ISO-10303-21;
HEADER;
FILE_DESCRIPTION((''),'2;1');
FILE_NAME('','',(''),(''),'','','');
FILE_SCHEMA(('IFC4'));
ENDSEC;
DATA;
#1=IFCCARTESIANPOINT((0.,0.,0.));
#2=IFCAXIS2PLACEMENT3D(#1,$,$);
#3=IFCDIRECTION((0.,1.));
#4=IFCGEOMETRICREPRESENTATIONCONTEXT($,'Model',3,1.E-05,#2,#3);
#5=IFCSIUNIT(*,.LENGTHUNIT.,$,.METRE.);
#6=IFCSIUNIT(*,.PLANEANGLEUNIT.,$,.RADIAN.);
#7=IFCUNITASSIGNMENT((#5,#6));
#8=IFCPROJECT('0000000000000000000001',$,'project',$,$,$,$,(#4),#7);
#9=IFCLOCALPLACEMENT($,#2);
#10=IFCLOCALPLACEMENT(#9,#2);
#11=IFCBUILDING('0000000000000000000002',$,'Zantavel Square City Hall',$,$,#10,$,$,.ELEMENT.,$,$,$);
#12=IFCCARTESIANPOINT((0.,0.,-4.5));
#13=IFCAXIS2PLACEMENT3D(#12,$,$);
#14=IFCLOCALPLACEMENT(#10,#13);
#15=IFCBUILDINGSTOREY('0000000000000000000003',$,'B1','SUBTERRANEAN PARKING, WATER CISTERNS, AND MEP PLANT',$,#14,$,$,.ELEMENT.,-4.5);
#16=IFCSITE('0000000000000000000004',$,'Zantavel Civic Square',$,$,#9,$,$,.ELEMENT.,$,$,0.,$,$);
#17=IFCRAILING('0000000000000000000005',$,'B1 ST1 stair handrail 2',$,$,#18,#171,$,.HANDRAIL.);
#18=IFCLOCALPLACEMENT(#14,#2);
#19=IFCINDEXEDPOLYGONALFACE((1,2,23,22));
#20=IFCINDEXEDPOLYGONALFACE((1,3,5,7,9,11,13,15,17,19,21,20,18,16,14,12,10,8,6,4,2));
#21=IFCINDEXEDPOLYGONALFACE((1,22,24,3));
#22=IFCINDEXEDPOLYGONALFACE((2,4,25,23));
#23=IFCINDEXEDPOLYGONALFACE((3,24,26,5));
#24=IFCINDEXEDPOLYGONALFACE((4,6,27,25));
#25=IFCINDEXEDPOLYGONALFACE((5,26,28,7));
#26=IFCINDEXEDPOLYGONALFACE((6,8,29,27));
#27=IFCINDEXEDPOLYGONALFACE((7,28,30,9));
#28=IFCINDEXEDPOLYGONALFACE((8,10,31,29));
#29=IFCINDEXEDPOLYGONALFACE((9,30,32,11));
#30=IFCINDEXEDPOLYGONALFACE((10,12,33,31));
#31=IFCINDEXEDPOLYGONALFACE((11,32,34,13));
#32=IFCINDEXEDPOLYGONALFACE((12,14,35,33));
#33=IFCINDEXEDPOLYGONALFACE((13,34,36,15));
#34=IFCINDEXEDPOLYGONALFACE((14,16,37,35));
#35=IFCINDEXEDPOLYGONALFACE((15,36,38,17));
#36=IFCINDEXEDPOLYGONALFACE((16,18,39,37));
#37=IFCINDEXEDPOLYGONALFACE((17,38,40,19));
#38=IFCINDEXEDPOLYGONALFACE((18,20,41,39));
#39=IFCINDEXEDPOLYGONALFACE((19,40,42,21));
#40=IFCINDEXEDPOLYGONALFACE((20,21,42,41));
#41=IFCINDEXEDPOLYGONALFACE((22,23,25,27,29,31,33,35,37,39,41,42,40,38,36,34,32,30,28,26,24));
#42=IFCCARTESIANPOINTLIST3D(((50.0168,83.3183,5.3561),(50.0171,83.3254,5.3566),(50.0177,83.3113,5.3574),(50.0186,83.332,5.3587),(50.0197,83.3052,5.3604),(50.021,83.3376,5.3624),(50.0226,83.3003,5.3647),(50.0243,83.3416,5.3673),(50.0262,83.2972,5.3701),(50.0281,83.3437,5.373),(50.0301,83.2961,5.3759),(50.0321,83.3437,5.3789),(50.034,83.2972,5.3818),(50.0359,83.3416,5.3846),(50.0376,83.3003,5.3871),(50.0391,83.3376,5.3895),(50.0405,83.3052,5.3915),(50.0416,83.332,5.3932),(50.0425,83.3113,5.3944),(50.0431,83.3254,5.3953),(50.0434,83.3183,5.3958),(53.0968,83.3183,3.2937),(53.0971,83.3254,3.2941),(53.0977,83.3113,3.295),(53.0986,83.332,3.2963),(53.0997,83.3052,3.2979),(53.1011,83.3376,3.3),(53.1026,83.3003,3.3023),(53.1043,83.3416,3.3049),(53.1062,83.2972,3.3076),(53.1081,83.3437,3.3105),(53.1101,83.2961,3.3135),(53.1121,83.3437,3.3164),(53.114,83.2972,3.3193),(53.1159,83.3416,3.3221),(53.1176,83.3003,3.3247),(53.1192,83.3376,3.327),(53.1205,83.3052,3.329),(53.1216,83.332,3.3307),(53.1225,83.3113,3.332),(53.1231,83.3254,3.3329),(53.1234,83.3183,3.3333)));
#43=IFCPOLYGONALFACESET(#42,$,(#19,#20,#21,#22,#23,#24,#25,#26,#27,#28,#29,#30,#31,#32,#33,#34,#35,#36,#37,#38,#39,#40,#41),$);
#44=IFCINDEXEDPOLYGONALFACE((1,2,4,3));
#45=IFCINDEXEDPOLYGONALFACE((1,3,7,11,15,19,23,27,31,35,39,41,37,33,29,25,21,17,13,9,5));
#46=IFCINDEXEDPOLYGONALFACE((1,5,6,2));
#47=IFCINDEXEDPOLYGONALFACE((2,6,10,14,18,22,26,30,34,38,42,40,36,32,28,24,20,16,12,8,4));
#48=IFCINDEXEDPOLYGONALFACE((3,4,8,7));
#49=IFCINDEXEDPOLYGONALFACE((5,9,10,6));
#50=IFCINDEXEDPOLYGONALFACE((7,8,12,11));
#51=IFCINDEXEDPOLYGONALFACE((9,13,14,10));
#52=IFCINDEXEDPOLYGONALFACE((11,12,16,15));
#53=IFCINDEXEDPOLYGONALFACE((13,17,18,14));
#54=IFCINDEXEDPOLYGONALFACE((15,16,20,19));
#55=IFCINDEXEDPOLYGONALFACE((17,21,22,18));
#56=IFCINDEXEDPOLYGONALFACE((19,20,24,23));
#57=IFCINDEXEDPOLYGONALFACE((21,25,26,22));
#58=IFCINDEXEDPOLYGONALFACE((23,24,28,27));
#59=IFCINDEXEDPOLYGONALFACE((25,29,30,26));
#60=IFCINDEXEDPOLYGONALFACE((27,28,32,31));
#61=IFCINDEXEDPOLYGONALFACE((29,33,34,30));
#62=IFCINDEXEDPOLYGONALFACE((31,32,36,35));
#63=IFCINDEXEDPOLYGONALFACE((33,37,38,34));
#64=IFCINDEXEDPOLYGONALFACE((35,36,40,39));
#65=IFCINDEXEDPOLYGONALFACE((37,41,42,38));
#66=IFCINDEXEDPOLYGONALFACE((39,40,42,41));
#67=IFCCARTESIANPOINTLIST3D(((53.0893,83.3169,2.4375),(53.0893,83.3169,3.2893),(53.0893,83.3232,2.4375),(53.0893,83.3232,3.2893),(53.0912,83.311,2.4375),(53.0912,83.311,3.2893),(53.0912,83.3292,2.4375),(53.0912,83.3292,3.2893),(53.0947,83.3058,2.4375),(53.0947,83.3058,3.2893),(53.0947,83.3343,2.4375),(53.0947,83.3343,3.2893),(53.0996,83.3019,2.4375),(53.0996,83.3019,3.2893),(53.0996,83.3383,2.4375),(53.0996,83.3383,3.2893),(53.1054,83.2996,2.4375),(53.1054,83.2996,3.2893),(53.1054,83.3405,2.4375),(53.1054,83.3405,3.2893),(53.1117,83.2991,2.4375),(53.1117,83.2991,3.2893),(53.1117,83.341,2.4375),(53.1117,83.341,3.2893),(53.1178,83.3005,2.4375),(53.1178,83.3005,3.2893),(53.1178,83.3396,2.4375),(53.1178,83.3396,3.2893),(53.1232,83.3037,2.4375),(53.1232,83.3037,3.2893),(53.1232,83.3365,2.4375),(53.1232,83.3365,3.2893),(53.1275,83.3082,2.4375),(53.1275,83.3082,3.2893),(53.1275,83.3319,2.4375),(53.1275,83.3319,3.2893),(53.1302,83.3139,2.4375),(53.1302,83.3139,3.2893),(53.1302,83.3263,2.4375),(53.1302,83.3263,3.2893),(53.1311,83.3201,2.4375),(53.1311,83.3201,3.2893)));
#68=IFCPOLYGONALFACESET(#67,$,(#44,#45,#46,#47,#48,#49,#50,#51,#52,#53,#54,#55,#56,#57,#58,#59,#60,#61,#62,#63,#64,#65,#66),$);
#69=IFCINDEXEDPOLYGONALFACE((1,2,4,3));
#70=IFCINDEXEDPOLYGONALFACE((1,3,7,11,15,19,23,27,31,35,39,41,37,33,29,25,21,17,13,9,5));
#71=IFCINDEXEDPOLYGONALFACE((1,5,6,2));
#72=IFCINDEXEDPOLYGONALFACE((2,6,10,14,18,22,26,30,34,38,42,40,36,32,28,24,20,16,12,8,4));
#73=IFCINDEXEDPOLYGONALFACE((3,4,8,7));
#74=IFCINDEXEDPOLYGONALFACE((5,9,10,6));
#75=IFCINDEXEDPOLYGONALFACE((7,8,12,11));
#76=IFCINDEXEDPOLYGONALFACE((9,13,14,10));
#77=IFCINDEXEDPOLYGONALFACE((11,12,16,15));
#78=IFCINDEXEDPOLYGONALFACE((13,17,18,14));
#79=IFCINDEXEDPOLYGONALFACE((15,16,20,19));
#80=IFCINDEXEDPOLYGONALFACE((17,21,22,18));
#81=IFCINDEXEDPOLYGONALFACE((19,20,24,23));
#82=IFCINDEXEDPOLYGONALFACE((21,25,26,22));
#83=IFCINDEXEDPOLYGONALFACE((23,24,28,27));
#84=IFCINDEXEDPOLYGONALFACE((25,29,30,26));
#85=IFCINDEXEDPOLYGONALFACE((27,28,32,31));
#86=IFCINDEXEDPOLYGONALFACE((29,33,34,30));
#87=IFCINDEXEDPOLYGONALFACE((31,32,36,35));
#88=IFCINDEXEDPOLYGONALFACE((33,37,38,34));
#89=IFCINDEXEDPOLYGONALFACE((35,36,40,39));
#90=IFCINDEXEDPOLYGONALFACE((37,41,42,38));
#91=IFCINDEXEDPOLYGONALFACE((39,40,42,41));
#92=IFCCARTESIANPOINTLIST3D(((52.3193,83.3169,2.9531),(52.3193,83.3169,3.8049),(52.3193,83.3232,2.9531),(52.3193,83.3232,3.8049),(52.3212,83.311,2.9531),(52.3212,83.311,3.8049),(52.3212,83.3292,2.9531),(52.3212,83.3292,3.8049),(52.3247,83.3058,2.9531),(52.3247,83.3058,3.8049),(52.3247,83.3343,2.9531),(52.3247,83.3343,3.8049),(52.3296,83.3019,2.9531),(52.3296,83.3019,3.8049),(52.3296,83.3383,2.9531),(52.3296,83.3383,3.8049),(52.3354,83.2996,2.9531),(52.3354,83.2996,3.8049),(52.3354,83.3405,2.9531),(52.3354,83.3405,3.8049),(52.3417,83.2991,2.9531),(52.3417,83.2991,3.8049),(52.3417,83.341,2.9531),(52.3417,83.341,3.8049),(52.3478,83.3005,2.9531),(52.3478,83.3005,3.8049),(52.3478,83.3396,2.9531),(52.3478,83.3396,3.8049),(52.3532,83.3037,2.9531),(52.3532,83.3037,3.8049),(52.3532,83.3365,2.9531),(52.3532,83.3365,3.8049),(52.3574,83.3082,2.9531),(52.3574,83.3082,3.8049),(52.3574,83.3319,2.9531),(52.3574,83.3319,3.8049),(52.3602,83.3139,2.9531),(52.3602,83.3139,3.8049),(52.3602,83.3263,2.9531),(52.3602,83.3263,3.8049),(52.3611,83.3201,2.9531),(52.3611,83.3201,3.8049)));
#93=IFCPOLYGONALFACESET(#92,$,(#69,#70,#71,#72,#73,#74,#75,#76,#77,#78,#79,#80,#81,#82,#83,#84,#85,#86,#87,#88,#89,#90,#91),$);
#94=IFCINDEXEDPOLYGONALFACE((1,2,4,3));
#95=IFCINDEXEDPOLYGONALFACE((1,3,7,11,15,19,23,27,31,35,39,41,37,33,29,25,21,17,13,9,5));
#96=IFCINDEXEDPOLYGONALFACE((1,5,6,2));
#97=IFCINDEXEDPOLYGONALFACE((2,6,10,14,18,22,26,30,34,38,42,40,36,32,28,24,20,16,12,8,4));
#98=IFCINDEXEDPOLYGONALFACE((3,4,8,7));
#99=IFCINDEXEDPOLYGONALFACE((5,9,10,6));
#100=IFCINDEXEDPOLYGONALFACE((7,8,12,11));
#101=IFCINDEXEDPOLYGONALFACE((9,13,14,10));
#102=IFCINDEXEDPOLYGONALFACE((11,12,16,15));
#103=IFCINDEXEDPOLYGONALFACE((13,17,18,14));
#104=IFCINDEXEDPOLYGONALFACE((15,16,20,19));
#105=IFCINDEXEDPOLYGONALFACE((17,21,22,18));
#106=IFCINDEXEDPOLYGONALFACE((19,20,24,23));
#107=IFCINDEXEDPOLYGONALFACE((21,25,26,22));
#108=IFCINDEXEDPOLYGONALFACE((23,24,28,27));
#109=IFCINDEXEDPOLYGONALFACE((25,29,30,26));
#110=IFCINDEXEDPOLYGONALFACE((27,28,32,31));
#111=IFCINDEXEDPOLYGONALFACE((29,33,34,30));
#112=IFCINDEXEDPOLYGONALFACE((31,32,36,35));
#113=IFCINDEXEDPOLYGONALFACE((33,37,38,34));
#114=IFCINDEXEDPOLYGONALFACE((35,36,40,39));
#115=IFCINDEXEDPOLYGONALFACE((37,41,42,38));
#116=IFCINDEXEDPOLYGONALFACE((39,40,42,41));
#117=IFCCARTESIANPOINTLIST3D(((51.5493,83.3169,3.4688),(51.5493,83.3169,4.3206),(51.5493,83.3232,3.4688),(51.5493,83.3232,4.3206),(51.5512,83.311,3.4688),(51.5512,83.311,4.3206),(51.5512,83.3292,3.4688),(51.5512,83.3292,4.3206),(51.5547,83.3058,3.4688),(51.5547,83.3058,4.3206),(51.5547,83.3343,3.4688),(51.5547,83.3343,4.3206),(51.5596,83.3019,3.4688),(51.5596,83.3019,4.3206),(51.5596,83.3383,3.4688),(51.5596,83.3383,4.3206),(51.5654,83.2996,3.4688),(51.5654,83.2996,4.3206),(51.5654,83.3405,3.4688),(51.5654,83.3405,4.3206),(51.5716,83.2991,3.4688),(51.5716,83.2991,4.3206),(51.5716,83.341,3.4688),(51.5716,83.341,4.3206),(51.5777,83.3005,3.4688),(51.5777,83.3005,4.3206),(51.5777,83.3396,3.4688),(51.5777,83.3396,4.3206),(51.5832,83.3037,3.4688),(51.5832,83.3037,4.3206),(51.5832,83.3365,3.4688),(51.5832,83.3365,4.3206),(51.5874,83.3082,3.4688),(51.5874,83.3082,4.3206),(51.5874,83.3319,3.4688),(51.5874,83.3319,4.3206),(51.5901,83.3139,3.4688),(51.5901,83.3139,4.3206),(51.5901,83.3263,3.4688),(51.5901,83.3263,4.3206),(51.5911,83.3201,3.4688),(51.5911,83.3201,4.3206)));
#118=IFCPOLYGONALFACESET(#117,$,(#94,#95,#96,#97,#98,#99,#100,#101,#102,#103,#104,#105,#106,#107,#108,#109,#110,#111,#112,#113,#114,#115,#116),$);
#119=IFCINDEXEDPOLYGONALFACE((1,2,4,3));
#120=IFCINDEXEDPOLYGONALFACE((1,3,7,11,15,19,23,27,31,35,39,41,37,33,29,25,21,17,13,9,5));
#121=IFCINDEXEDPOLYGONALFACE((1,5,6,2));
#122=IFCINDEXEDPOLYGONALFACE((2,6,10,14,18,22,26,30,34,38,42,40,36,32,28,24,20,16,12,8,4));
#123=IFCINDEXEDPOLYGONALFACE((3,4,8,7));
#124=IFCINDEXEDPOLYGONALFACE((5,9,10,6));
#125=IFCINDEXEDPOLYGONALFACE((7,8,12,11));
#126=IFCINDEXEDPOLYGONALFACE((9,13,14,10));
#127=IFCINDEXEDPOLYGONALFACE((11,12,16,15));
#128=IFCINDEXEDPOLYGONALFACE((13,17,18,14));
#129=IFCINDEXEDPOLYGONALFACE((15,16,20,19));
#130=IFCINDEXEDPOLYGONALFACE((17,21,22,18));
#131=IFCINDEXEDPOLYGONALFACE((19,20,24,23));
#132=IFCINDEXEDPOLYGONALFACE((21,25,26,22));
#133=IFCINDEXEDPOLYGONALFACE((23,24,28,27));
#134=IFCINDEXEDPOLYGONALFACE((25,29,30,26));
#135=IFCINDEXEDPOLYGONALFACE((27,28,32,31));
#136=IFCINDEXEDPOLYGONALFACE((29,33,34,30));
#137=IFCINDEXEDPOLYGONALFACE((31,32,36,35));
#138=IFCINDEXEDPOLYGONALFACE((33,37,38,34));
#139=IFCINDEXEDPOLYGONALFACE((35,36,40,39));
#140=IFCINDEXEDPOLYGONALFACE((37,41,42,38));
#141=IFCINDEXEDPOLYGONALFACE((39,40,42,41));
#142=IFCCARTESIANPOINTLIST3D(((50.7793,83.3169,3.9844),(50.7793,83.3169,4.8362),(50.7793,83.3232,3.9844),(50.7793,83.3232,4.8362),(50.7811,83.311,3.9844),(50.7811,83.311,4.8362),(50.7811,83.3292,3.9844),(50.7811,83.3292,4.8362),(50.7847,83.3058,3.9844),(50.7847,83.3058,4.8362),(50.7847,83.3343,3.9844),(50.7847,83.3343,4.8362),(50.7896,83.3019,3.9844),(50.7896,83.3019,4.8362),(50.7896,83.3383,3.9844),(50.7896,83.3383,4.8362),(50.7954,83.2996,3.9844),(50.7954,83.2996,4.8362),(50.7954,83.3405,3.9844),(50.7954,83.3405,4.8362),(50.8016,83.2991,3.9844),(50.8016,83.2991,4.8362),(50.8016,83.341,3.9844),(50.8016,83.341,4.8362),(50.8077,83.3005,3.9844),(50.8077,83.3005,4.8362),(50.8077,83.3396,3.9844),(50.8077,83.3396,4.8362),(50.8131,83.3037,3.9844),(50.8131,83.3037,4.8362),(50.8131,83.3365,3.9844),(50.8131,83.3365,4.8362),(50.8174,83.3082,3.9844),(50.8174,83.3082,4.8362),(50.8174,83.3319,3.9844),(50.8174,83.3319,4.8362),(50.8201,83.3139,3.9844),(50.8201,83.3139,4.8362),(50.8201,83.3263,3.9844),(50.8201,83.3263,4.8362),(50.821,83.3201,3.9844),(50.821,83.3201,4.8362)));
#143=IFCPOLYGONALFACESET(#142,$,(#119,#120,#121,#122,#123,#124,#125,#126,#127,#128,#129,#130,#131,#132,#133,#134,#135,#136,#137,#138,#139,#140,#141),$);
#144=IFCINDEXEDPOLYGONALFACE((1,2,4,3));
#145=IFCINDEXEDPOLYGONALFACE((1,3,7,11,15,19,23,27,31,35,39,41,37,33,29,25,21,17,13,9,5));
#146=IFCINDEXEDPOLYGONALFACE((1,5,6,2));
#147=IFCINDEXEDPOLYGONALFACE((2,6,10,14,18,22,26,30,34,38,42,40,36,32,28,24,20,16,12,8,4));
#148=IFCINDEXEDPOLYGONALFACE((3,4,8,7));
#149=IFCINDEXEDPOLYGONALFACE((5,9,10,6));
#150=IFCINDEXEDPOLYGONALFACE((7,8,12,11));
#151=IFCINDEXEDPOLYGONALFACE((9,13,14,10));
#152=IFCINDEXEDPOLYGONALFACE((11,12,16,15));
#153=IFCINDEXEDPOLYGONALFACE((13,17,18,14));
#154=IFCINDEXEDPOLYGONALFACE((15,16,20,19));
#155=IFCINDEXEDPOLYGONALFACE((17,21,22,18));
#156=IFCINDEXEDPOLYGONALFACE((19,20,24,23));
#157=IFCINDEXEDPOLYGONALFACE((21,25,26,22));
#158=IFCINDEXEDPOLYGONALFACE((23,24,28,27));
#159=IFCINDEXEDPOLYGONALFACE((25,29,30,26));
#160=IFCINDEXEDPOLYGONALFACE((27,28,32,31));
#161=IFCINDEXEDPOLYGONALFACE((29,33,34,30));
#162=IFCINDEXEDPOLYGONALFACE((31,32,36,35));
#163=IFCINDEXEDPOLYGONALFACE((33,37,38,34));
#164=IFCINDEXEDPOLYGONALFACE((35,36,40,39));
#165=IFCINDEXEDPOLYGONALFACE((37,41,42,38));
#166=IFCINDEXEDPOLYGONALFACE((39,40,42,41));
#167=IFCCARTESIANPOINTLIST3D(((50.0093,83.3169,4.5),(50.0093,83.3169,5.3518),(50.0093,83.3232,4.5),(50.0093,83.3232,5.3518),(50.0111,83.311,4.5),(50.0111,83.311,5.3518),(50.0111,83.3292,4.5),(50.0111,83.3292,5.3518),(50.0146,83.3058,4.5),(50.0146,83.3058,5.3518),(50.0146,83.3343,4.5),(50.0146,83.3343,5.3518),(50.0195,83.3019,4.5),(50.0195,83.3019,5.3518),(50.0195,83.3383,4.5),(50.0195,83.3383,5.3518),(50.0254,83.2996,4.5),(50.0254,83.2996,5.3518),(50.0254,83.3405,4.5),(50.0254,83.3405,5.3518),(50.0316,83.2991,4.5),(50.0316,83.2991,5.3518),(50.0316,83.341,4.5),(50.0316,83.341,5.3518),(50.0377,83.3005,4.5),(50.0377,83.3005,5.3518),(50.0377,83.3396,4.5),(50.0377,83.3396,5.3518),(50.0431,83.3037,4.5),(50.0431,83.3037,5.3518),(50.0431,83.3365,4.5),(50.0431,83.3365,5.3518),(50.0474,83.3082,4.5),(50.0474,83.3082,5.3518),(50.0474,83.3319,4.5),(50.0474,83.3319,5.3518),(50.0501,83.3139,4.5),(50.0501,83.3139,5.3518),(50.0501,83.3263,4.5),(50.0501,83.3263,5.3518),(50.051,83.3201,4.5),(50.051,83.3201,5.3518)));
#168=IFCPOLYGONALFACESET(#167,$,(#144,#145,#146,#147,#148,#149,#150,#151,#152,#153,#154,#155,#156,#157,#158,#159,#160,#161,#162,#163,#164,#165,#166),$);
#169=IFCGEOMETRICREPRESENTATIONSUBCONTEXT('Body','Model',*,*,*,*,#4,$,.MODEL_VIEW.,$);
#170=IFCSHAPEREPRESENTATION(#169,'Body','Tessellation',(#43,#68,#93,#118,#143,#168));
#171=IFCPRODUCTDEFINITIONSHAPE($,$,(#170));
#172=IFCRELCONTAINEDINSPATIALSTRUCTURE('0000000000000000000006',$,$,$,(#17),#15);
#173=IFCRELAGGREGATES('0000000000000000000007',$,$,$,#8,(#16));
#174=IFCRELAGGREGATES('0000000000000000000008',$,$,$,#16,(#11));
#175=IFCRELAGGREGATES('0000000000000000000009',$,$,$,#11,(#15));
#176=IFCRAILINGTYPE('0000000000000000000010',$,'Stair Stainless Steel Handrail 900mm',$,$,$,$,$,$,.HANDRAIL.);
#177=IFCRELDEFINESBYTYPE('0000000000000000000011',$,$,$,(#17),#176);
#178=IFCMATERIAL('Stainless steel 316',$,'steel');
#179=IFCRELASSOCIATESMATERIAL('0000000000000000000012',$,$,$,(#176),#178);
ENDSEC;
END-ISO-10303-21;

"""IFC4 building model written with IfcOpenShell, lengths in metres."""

from ifc_helpers import new_model, si_unit, direction, frame, origin, origin_2d, place, context, subcontext, project, spatial, circle, extrude, material, type_object, element, save


model = new_model("IFC4")

# Units and contexts
model_context = context("Model", 3, precision=1e-05, world=origin(), true_north=direction((0.0, 1.0)))
body_context = subcontext(model_context, "Body", "Model", "MODEL_VIEW")
ifc_project = project(units=[si_unit("LENGTHUNIT", "METRE"), si_unit("PLANEANGLEUNIT", "RADIAN")], contexts=[model_context])

# Site, building, storey
site_placement = place(None, origin())
site = spatial("IfcSite", under=ifc_project, at=site_placement, Name="Zantavel Civic Square", CompositionType="ELEMENT", RefElevation=0.0)
building_placement = place(site_placement, origin())
building = spatial("IfcBuilding", under=site, at=building_placement, Name="Zantavel Square City Hall", CompositionType="ELEMENT")
storey_placement = place(building_placement, frame((0.0, 0.0, -4.5)))
storey = spatial("IfcBuildingStorey", under=building, at=storey_placement, Name="B1", Description="SUBTERRANEAN PARKING, WATER CISTERNS, AND MEP PLANT", CompositionType="ELEMENT", Elevation=-4.5)

# Railing
ifc_material_1 = material(Name="Stainless steel 316", Category="steel")
railing_type_1 = type_object("IfcRailingType", Name="Stair Stainless Steel Handrail 900mm", PredefinedType="HANDRAIL", material=ifc_material_1)
railing_1_placement = place(storey_placement, frame((53.1101, 83.3201, 2.4375)))
element("IfcRailing", 1, at=railing_1_placement, inside=storey, type_object=railing_type_1, Name="B1 ST1 stair handrail 2", PredefinedType="HANDRAIL", context=body_context, shape_type="SweptSolid", body=[
    extrude(circle(Radius=0.0239, at=origin_2d()), frame((0.0, 0.0, 0.876), z_axis=(-0.830914, 0.0, 0.556401), x_axis=(0.0, -1.0, 0.0)), (0.0, 0.0, 1.0), 3.7068),
    extrude(circle(Radius=0.021, at=origin_2d()), origin(), (0.0, 0.0, 1.0), 0.8518),
    extrude(circle(Radius=0.021, at=origin_2d()), frame((-0.77, 0.0, 0.5156)), (0.0, 0.0, 1.0), 0.8518),
    extrude(circle(Radius=0.021, at=origin_2d()), frame((-1.54, 0.0, 1.0312)), (0.0, 0.0, 1.0), 0.8518),
    extrude(circle(Radius=0.021, at=origin_2d()), frame((-2.3101, 0.0, 1.5469)), (0.0, 0.0, 1.0), 0.8518),
    extrude(circle(Radius=0.021, at=origin_2d()), frame((-3.0801, 0.0, 2.0625)), (0.0, 0.0, 1.0), 0.8518),
])

save(model, "model.ifc")
